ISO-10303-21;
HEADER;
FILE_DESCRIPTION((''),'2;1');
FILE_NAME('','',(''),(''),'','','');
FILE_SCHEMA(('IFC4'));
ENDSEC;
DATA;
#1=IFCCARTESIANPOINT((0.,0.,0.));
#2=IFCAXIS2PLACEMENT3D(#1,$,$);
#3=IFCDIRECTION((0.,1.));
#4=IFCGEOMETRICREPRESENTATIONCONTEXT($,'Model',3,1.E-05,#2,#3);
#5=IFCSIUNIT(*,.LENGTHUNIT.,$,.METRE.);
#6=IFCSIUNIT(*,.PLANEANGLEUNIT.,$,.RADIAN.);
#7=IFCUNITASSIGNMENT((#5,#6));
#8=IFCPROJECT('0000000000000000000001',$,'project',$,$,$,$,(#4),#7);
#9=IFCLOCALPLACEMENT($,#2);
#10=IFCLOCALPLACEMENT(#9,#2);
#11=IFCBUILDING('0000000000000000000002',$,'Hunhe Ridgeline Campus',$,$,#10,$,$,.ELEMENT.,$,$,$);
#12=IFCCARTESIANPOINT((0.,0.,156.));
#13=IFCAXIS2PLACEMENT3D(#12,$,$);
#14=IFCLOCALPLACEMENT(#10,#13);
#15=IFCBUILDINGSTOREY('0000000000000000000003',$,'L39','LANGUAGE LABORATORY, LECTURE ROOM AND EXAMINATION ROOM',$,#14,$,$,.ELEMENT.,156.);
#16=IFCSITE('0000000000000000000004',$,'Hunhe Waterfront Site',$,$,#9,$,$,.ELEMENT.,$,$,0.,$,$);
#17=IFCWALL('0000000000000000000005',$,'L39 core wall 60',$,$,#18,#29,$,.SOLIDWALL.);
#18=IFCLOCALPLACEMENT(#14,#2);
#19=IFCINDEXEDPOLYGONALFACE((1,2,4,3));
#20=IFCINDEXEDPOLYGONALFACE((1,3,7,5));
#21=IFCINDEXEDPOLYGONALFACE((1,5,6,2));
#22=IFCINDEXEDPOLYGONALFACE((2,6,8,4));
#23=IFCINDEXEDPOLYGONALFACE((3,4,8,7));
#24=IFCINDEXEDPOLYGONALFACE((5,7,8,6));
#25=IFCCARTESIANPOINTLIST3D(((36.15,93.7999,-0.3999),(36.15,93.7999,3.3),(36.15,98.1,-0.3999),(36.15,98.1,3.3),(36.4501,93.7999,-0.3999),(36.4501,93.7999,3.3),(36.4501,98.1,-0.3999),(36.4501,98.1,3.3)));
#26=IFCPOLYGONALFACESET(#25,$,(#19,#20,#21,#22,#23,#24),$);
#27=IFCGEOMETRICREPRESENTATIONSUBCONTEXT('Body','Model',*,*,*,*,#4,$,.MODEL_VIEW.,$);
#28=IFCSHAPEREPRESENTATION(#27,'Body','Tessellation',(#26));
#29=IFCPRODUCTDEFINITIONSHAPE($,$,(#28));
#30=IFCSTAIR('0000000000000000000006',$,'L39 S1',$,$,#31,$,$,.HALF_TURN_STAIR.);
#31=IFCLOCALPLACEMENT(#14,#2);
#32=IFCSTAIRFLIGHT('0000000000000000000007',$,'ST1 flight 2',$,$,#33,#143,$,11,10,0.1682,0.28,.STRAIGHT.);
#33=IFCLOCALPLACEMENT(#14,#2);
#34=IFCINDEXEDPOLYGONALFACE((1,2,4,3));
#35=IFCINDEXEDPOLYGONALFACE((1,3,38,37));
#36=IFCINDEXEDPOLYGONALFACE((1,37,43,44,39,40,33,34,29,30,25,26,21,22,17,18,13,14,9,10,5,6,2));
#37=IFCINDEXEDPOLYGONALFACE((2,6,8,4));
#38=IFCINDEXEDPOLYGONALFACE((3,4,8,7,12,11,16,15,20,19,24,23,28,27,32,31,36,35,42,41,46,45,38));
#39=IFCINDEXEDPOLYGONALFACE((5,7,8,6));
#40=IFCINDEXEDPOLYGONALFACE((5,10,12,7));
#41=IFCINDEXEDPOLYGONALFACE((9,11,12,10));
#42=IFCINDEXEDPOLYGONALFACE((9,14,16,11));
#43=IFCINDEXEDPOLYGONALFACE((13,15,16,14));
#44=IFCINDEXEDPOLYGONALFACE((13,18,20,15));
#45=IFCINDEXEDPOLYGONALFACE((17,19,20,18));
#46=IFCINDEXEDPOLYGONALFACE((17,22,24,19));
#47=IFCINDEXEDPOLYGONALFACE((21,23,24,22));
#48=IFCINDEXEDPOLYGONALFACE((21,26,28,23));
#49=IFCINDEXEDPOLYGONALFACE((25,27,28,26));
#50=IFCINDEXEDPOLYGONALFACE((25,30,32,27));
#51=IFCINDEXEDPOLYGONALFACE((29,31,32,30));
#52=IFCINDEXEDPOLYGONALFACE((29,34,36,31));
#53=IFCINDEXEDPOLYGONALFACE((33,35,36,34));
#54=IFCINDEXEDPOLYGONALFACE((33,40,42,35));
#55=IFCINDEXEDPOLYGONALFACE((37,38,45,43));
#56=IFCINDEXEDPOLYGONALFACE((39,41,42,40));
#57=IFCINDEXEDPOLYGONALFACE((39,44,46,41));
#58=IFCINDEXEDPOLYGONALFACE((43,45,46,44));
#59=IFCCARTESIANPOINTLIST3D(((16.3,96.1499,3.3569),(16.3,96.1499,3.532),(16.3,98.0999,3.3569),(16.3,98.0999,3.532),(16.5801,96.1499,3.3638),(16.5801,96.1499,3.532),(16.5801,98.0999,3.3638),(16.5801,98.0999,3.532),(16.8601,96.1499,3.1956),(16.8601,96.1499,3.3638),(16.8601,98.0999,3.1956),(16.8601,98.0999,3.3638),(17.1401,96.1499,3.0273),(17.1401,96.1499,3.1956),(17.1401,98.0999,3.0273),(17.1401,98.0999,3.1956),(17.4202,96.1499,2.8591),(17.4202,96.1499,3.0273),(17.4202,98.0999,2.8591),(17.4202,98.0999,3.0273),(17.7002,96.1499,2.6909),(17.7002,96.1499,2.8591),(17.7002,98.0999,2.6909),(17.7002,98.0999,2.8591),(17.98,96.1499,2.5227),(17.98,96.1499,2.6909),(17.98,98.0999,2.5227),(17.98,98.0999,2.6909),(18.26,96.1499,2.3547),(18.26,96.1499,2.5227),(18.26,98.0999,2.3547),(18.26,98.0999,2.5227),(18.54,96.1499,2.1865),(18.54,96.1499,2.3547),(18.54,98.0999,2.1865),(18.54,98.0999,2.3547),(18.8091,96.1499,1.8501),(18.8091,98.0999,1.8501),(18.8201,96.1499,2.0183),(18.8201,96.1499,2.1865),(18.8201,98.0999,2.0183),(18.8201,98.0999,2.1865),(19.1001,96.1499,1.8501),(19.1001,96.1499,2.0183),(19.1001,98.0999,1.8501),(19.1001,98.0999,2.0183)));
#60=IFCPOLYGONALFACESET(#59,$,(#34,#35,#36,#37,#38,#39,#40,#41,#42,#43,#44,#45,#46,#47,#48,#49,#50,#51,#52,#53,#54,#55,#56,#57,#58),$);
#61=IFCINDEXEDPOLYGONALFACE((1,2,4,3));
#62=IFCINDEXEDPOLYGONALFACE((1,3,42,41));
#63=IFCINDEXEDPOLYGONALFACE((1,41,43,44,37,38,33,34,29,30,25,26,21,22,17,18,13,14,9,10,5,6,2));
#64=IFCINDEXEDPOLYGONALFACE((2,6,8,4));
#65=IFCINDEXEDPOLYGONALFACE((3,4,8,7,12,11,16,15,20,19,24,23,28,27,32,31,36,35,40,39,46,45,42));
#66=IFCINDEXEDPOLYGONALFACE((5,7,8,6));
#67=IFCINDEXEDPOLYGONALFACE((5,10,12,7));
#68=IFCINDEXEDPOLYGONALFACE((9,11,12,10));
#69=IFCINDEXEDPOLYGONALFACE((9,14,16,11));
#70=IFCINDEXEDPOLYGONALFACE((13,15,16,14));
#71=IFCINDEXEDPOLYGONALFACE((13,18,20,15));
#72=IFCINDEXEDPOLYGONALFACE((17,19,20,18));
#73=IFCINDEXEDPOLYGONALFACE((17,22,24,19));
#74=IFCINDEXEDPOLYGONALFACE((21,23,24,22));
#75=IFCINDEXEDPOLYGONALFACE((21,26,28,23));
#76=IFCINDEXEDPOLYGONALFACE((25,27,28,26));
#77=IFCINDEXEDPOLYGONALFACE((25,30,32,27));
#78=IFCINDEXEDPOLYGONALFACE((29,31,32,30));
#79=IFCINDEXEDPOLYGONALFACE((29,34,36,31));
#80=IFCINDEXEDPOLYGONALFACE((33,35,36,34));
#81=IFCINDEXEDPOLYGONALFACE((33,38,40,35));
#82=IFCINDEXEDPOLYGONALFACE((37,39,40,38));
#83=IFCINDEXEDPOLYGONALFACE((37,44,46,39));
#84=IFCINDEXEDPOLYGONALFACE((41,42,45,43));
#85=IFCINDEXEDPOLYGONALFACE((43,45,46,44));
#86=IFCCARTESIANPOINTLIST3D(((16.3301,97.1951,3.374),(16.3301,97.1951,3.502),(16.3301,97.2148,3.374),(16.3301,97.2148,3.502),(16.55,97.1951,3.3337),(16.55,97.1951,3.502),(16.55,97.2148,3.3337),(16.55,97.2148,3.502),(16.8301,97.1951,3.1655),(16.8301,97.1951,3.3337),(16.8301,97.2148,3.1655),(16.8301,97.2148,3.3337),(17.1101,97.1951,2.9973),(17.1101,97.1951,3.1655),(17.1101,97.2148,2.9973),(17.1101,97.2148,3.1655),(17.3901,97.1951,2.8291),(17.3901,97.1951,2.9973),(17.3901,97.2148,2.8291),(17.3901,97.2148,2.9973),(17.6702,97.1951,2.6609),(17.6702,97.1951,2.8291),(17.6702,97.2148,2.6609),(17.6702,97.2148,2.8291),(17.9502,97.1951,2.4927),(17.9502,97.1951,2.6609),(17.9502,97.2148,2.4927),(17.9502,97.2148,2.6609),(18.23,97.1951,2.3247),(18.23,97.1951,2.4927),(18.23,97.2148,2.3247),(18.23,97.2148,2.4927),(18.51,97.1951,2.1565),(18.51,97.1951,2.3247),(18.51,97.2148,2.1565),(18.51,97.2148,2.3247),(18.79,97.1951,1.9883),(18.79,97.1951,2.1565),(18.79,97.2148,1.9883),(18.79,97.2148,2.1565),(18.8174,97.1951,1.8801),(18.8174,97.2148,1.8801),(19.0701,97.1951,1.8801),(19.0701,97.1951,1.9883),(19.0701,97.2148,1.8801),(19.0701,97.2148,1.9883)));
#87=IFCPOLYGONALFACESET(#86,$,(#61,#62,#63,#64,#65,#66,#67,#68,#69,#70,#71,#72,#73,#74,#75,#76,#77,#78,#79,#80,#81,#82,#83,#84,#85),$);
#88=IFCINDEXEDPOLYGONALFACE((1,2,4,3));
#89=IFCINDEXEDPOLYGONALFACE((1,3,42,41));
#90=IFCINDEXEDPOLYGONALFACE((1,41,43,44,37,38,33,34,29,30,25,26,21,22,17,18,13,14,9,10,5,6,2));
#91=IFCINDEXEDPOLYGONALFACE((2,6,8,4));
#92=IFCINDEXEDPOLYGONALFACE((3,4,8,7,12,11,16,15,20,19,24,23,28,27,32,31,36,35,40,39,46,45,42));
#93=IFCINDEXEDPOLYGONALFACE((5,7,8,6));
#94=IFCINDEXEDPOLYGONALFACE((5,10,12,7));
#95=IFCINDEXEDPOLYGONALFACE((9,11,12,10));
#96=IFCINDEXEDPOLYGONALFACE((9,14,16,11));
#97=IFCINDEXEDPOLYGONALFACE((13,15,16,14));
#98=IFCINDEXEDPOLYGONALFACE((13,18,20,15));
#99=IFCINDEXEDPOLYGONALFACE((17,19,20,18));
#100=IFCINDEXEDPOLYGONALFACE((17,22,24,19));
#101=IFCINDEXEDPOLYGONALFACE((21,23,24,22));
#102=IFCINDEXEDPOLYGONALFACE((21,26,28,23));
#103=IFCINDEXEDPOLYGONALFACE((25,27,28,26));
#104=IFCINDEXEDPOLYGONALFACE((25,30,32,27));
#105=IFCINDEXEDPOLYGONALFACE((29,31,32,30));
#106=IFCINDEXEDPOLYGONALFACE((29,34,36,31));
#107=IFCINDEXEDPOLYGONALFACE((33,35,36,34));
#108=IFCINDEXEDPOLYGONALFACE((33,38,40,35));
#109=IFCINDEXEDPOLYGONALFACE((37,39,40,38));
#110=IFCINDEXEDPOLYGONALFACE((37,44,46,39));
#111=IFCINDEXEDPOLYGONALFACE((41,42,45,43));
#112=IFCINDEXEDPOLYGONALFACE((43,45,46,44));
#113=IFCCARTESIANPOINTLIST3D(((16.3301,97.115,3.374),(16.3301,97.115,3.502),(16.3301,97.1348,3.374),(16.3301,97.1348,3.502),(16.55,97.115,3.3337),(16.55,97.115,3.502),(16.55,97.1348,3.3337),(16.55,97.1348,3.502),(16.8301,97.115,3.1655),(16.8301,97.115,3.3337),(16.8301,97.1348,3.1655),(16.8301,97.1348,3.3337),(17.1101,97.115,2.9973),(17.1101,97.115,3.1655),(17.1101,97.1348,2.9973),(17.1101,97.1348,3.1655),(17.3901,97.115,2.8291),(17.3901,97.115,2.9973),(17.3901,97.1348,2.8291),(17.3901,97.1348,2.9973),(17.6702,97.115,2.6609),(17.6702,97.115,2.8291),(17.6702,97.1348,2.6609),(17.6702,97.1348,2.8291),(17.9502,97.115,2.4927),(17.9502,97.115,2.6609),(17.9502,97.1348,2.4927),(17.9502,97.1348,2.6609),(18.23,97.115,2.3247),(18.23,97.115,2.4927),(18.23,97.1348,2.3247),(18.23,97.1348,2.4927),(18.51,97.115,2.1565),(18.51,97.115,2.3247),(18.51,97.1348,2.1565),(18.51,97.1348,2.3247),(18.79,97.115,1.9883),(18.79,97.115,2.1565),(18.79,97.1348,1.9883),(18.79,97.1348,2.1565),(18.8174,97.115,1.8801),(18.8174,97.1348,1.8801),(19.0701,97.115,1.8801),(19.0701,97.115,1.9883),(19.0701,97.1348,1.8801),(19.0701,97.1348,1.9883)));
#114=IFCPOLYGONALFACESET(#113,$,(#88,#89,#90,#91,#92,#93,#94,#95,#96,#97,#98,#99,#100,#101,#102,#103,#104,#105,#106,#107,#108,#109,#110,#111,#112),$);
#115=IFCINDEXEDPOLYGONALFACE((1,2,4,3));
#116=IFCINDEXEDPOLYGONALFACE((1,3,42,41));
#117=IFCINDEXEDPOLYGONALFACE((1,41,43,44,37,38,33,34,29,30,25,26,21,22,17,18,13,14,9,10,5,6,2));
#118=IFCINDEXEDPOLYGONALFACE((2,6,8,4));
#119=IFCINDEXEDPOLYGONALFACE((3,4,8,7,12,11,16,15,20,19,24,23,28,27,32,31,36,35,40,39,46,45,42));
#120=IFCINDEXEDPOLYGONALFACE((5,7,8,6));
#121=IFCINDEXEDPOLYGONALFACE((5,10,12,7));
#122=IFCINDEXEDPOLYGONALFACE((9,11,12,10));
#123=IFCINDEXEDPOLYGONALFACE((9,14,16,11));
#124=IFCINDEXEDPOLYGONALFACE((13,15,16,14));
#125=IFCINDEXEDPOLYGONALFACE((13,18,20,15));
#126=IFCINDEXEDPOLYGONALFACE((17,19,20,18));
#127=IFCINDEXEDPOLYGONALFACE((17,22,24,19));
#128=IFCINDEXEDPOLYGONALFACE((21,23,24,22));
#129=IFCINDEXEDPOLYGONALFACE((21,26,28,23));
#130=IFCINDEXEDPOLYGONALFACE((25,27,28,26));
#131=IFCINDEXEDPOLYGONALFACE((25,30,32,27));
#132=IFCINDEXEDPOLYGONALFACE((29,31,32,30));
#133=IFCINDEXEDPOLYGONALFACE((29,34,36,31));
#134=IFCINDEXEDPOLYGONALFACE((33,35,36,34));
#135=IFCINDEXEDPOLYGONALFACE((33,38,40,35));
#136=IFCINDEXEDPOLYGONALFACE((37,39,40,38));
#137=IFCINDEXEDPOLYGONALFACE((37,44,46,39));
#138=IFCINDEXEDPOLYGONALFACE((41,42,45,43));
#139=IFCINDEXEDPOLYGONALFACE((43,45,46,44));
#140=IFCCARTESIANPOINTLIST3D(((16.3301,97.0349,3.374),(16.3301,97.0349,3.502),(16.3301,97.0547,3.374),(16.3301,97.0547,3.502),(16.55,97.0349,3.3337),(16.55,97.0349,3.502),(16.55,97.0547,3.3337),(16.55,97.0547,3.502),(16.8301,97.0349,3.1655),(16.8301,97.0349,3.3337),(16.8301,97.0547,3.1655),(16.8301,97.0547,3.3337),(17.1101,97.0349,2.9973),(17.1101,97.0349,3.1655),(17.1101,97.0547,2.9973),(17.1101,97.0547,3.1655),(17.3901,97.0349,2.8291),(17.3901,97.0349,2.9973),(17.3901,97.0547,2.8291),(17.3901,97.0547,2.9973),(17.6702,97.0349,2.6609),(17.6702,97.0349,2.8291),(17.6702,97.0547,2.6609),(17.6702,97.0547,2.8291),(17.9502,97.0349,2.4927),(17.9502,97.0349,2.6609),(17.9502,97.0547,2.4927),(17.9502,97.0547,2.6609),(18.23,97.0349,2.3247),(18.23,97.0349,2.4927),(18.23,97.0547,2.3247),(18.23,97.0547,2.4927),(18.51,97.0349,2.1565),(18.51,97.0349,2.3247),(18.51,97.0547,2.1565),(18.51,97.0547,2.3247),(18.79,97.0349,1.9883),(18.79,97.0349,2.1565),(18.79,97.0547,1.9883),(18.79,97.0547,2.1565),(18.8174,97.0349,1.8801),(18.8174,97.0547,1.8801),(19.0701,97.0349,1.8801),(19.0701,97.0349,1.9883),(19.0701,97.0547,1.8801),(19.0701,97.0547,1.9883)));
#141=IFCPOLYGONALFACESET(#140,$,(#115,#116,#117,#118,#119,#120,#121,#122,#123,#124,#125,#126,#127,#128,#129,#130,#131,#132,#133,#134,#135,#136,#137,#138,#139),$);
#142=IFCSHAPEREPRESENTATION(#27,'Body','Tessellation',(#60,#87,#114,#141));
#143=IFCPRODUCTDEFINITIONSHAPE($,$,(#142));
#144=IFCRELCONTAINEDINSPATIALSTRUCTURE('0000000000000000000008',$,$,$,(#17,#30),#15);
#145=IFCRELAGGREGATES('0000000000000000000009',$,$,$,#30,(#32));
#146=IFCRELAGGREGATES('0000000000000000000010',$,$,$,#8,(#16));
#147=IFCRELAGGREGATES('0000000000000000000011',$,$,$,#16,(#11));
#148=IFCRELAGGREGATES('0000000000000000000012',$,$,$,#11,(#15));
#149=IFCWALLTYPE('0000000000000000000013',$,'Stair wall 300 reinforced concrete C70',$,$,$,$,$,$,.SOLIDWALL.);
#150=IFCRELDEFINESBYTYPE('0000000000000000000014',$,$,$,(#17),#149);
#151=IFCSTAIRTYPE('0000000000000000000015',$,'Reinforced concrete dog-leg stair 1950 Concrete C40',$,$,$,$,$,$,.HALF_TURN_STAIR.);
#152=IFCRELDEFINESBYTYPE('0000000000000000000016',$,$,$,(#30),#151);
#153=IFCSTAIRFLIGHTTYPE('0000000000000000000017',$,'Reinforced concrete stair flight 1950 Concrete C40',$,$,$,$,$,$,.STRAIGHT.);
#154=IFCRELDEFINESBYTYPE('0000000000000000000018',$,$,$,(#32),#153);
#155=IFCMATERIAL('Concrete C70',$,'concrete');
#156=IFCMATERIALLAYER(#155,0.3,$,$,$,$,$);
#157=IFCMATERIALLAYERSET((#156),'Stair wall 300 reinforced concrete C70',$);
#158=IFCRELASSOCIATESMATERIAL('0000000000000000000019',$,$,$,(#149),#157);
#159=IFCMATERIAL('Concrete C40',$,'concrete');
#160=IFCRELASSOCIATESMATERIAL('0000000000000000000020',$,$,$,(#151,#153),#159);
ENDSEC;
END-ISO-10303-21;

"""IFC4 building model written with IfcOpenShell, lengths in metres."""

from ifc_helpers import new_model, si_unit, direction, frame, frame_2d, origin, place, context, subcontext, project, spatial, polyline, rectangle, outline, extrude, material, layer, layer_set, type_object, element, aggregate, save


model = new_model("IFC4")

# Units and contexts
model_context = context("Model", 3, precision=1e-05, world=origin(), true_north=direction((0.0, 1.0)))
body_context = subcontext(model_context, "Body", "Model", "MODEL_VIEW")
ifc_project = project(units=[si_unit("LENGTHUNIT", "METRE"), si_unit("PLANEANGLEUNIT", "RADIAN")], contexts=[model_context])

# Site, building, storey
site_placement = place(None, origin())
site = spatial("IfcSite", under=ifc_project, at=site_placement, Name="Hunhe Waterfront Site", CompositionType="ELEMENT", RefElevation=0.0)
building_placement = place(site_placement, origin())
building = spatial("IfcBuilding", under=site, at=building_placement, Name="Hunhe Ridgeline Campus", CompositionType="ELEMENT")
storey_placement = place(building_placement, frame((0.0, 0.0, 156.0)))
storey = spatial("IfcBuildingStorey", under=building, at=storey_placement, Name="L39", Description="LANGUAGE LABORATORY, LECTURE ROOM AND EXAMINATION ROOM", CompositionType="ELEMENT", Elevation=156.0)

# Shared definitions
ifc_material_1 = material(Name="Concrete C70", Category="concrete")

# Shared definitions
ifc_layer_1 = layer(ifc_material_1, 0.3)
ifc_layer_set_1 = layer_set([ifc_layer_1], Name="Stair wall 300 reinforced concrete C70")
wall_type_1 = type_object("IfcWallType", Name="Stair wall 300 reinforced concrete C70", PredefinedType="SOLIDWALL", material=ifc_layer_set_1)

# Wall
wall_1_placement = place(storey_placement, frame((36.3, 93.8, -0.3999), z_axis=(0.0, 0.0, 1.0), x_axis=(0.0, 1.0, 0.0)))
element("IfcWall", 1, at=wall_1_placement, inside=storey, type_object=wall_type_1, Name="L39 core wall 60", PredefinedType="SOLIDWALL", context=body_context, shape_type="SweptSolid", body=[
    extrude(rectangle(XDim=4.3, YDim=0.3, at=frame_2d((2.1499, 0.0))), origin(), (0.0, 0.0, 1.0), 3.7),
])

# Stair, stair flight
ifc_material_2 = material(Name="Concrete C40", Category="concrete")
stair_type = type_object("IfcStairType", Name="Reinforced concrete dog-leg stair 1950 Concrete C40", PredefinedType="HALF_TURN_STAIR", material=ifc_material_2)
stair_1_placement = place(storey_placement, origin())
stair_1 = element("IfcStair", 2, at=stair_1_placement, inside=storey, type_object=stair_type, Name="L39 S1", PredefinedType="HALF_TURN_STAIR")
stair_flight_type = type_object("IfcStairFlightType", Name="Reinforced concrete stair flight 1950 Concrete C40", PredefinedType="STRAIGHT", material=ifc_material_2)
stair_flight_1_placement = place(storey_placement, frame((19.1001, 97.125, 1.8501), z_axis=(0.0, 0.0, 1.0), x_axis=(-1.0, 0.0, 0.0)))
stair_flight_1 = element("IfcStairFlight", 3, at=stair_flight_1_placement, type_object=stair_flight_type, Name="ST1 flight 2", NumberOfRisers=11, NumberOfTreads=10, PredefinedType="STRAIGHT", RiserHeight=0.1682, TreadLength=0.28, context=body_context, shape_type="SweptSolid", body=[
    extrude(outline(polyline([(0.0, 0.0), (0.0, 0.1682), (0.28, 0.1682), (0.28, 0.3364), (0.5601, 0.3364), (0.5601, 0.5046), (0.8401, 0.5046), (0.8401, 0.6726), (1.1201, 0.6726), (1.1201, 0.8408), (1.3999, 0.8408), (1.3999, 1.009), (1.6799, 1.009), (1.6799, 1.1772), (1.96, 1.1772), (1.96, 1.3455), (2.24, 1.3455), (2.24, 1.5137), (2.52, 1.5137), (2.52, 1.6819), (2.8, 1.6819), (2.8, 1.8501), (2.8, 1.5068), (0.291, 0.0), (0.0, 0.0)])), frame((0.0, 0.9751, 0.0), z_axis=(0.0, -1.0, 0.0), x_axis=(1.0, 0.0, 0.0)), (0.0, 0.0, 1.0), 1.95),
    extrude(outline(polyline([(0.03, 0.03), (0.03, 0.1382), (0.3101, 0.1382), (0.3101, 0.3064), (0.5901, 0.3064), (0.5901, 0.4746), (0.8701, 0.4746), (0.8701, 0.6426), (1.1499, 0.6426), (1.1499, 0.8108), (1.4299, 0.8108), (1.4299, 0.979), (1.71, 0.979), (1.71, 1.1472), (1.99, 1.1472), (1.99, 1.3154), (2.27, 1.3154), (2.27, 1.4836), (2.55, 1.4836), (2.55, 1.6519), (2.77, 1.6519), (2.77, 1.5239), (0.2827, 0.03), (0.03, 0.03)])), frame((0.0, -0.0701, 0.0), z_axis=(0.0, -1.0, 0.0), x_axis=(1.0, 0.0, 0.0)), (0.0, 0.0, 1.0), 0.0198),
    extrude(outline(polyline([(0.03, 0.03), (0.03, 0.1382), (0.3101, 0.1382), (0.3101, 0.3064), (0.5901, 0.3064), (0.5901, 0.4746), (0.8701, 0.4746), (0.8701, 0.6426), (1.1499, 0.6426), (1.1499, 0.8108), (1.4299, 0.8108), (1.4299, 0.979), (1.71, 0.979), (1.71, 1.1472), (1.99, 1.1472), (1.99, 1.3154), (2.27, 1.3154), (2.27, 1.4836), (2.55, 1.4836), (2.55, 1.6519), (2.77, 1.6519), (2.77, 1.5239), (0.2827, 0.03), (0.03, 0.03)])), frame((0.0, 0.01, 0.0), z_axis=(0.0, -1.0, 0.0), x_axis=(1.0, 0.0, 0.0)), (0.0, 0.0, 1.0), 0.0198),
    extrude(outline(polyline([(0.03, 0.03), (0.03, 0.1382), (0.3101, 0.1382), (0.3101, 0.3064), (0.5901, 0.3064), (0.5901, 0.4746), (0.8701, 0.4746), (0.8701, 0.6426), (1.1499, 0.6426), (1.1499, 0.8108), (1.4299, 0.8108), (1.4299, 0.979), (1.71, 0.979), (1.71, 1.1472), (1.99, 1.1472), (1.99, 1.3154), (2.27, 1.3154), (2.27, 1.4836), (2.55, 1.4836), (2.55, 1.6519), (2.77, 1.6519), (2.77, 1.5239), (0.2827, 0.03), (0.03, 0.03)])), frame((0.0, 0.0901, 0.0), z_axis=(0.0, -1.0, 0.0), x_axis=(1.0, 0.0, 0.0)), (0.0, 0.0, 1.0), 0.0198),
])
aggregate(stair_1, [stair_flight_1])

save(model, "model.ifc")
